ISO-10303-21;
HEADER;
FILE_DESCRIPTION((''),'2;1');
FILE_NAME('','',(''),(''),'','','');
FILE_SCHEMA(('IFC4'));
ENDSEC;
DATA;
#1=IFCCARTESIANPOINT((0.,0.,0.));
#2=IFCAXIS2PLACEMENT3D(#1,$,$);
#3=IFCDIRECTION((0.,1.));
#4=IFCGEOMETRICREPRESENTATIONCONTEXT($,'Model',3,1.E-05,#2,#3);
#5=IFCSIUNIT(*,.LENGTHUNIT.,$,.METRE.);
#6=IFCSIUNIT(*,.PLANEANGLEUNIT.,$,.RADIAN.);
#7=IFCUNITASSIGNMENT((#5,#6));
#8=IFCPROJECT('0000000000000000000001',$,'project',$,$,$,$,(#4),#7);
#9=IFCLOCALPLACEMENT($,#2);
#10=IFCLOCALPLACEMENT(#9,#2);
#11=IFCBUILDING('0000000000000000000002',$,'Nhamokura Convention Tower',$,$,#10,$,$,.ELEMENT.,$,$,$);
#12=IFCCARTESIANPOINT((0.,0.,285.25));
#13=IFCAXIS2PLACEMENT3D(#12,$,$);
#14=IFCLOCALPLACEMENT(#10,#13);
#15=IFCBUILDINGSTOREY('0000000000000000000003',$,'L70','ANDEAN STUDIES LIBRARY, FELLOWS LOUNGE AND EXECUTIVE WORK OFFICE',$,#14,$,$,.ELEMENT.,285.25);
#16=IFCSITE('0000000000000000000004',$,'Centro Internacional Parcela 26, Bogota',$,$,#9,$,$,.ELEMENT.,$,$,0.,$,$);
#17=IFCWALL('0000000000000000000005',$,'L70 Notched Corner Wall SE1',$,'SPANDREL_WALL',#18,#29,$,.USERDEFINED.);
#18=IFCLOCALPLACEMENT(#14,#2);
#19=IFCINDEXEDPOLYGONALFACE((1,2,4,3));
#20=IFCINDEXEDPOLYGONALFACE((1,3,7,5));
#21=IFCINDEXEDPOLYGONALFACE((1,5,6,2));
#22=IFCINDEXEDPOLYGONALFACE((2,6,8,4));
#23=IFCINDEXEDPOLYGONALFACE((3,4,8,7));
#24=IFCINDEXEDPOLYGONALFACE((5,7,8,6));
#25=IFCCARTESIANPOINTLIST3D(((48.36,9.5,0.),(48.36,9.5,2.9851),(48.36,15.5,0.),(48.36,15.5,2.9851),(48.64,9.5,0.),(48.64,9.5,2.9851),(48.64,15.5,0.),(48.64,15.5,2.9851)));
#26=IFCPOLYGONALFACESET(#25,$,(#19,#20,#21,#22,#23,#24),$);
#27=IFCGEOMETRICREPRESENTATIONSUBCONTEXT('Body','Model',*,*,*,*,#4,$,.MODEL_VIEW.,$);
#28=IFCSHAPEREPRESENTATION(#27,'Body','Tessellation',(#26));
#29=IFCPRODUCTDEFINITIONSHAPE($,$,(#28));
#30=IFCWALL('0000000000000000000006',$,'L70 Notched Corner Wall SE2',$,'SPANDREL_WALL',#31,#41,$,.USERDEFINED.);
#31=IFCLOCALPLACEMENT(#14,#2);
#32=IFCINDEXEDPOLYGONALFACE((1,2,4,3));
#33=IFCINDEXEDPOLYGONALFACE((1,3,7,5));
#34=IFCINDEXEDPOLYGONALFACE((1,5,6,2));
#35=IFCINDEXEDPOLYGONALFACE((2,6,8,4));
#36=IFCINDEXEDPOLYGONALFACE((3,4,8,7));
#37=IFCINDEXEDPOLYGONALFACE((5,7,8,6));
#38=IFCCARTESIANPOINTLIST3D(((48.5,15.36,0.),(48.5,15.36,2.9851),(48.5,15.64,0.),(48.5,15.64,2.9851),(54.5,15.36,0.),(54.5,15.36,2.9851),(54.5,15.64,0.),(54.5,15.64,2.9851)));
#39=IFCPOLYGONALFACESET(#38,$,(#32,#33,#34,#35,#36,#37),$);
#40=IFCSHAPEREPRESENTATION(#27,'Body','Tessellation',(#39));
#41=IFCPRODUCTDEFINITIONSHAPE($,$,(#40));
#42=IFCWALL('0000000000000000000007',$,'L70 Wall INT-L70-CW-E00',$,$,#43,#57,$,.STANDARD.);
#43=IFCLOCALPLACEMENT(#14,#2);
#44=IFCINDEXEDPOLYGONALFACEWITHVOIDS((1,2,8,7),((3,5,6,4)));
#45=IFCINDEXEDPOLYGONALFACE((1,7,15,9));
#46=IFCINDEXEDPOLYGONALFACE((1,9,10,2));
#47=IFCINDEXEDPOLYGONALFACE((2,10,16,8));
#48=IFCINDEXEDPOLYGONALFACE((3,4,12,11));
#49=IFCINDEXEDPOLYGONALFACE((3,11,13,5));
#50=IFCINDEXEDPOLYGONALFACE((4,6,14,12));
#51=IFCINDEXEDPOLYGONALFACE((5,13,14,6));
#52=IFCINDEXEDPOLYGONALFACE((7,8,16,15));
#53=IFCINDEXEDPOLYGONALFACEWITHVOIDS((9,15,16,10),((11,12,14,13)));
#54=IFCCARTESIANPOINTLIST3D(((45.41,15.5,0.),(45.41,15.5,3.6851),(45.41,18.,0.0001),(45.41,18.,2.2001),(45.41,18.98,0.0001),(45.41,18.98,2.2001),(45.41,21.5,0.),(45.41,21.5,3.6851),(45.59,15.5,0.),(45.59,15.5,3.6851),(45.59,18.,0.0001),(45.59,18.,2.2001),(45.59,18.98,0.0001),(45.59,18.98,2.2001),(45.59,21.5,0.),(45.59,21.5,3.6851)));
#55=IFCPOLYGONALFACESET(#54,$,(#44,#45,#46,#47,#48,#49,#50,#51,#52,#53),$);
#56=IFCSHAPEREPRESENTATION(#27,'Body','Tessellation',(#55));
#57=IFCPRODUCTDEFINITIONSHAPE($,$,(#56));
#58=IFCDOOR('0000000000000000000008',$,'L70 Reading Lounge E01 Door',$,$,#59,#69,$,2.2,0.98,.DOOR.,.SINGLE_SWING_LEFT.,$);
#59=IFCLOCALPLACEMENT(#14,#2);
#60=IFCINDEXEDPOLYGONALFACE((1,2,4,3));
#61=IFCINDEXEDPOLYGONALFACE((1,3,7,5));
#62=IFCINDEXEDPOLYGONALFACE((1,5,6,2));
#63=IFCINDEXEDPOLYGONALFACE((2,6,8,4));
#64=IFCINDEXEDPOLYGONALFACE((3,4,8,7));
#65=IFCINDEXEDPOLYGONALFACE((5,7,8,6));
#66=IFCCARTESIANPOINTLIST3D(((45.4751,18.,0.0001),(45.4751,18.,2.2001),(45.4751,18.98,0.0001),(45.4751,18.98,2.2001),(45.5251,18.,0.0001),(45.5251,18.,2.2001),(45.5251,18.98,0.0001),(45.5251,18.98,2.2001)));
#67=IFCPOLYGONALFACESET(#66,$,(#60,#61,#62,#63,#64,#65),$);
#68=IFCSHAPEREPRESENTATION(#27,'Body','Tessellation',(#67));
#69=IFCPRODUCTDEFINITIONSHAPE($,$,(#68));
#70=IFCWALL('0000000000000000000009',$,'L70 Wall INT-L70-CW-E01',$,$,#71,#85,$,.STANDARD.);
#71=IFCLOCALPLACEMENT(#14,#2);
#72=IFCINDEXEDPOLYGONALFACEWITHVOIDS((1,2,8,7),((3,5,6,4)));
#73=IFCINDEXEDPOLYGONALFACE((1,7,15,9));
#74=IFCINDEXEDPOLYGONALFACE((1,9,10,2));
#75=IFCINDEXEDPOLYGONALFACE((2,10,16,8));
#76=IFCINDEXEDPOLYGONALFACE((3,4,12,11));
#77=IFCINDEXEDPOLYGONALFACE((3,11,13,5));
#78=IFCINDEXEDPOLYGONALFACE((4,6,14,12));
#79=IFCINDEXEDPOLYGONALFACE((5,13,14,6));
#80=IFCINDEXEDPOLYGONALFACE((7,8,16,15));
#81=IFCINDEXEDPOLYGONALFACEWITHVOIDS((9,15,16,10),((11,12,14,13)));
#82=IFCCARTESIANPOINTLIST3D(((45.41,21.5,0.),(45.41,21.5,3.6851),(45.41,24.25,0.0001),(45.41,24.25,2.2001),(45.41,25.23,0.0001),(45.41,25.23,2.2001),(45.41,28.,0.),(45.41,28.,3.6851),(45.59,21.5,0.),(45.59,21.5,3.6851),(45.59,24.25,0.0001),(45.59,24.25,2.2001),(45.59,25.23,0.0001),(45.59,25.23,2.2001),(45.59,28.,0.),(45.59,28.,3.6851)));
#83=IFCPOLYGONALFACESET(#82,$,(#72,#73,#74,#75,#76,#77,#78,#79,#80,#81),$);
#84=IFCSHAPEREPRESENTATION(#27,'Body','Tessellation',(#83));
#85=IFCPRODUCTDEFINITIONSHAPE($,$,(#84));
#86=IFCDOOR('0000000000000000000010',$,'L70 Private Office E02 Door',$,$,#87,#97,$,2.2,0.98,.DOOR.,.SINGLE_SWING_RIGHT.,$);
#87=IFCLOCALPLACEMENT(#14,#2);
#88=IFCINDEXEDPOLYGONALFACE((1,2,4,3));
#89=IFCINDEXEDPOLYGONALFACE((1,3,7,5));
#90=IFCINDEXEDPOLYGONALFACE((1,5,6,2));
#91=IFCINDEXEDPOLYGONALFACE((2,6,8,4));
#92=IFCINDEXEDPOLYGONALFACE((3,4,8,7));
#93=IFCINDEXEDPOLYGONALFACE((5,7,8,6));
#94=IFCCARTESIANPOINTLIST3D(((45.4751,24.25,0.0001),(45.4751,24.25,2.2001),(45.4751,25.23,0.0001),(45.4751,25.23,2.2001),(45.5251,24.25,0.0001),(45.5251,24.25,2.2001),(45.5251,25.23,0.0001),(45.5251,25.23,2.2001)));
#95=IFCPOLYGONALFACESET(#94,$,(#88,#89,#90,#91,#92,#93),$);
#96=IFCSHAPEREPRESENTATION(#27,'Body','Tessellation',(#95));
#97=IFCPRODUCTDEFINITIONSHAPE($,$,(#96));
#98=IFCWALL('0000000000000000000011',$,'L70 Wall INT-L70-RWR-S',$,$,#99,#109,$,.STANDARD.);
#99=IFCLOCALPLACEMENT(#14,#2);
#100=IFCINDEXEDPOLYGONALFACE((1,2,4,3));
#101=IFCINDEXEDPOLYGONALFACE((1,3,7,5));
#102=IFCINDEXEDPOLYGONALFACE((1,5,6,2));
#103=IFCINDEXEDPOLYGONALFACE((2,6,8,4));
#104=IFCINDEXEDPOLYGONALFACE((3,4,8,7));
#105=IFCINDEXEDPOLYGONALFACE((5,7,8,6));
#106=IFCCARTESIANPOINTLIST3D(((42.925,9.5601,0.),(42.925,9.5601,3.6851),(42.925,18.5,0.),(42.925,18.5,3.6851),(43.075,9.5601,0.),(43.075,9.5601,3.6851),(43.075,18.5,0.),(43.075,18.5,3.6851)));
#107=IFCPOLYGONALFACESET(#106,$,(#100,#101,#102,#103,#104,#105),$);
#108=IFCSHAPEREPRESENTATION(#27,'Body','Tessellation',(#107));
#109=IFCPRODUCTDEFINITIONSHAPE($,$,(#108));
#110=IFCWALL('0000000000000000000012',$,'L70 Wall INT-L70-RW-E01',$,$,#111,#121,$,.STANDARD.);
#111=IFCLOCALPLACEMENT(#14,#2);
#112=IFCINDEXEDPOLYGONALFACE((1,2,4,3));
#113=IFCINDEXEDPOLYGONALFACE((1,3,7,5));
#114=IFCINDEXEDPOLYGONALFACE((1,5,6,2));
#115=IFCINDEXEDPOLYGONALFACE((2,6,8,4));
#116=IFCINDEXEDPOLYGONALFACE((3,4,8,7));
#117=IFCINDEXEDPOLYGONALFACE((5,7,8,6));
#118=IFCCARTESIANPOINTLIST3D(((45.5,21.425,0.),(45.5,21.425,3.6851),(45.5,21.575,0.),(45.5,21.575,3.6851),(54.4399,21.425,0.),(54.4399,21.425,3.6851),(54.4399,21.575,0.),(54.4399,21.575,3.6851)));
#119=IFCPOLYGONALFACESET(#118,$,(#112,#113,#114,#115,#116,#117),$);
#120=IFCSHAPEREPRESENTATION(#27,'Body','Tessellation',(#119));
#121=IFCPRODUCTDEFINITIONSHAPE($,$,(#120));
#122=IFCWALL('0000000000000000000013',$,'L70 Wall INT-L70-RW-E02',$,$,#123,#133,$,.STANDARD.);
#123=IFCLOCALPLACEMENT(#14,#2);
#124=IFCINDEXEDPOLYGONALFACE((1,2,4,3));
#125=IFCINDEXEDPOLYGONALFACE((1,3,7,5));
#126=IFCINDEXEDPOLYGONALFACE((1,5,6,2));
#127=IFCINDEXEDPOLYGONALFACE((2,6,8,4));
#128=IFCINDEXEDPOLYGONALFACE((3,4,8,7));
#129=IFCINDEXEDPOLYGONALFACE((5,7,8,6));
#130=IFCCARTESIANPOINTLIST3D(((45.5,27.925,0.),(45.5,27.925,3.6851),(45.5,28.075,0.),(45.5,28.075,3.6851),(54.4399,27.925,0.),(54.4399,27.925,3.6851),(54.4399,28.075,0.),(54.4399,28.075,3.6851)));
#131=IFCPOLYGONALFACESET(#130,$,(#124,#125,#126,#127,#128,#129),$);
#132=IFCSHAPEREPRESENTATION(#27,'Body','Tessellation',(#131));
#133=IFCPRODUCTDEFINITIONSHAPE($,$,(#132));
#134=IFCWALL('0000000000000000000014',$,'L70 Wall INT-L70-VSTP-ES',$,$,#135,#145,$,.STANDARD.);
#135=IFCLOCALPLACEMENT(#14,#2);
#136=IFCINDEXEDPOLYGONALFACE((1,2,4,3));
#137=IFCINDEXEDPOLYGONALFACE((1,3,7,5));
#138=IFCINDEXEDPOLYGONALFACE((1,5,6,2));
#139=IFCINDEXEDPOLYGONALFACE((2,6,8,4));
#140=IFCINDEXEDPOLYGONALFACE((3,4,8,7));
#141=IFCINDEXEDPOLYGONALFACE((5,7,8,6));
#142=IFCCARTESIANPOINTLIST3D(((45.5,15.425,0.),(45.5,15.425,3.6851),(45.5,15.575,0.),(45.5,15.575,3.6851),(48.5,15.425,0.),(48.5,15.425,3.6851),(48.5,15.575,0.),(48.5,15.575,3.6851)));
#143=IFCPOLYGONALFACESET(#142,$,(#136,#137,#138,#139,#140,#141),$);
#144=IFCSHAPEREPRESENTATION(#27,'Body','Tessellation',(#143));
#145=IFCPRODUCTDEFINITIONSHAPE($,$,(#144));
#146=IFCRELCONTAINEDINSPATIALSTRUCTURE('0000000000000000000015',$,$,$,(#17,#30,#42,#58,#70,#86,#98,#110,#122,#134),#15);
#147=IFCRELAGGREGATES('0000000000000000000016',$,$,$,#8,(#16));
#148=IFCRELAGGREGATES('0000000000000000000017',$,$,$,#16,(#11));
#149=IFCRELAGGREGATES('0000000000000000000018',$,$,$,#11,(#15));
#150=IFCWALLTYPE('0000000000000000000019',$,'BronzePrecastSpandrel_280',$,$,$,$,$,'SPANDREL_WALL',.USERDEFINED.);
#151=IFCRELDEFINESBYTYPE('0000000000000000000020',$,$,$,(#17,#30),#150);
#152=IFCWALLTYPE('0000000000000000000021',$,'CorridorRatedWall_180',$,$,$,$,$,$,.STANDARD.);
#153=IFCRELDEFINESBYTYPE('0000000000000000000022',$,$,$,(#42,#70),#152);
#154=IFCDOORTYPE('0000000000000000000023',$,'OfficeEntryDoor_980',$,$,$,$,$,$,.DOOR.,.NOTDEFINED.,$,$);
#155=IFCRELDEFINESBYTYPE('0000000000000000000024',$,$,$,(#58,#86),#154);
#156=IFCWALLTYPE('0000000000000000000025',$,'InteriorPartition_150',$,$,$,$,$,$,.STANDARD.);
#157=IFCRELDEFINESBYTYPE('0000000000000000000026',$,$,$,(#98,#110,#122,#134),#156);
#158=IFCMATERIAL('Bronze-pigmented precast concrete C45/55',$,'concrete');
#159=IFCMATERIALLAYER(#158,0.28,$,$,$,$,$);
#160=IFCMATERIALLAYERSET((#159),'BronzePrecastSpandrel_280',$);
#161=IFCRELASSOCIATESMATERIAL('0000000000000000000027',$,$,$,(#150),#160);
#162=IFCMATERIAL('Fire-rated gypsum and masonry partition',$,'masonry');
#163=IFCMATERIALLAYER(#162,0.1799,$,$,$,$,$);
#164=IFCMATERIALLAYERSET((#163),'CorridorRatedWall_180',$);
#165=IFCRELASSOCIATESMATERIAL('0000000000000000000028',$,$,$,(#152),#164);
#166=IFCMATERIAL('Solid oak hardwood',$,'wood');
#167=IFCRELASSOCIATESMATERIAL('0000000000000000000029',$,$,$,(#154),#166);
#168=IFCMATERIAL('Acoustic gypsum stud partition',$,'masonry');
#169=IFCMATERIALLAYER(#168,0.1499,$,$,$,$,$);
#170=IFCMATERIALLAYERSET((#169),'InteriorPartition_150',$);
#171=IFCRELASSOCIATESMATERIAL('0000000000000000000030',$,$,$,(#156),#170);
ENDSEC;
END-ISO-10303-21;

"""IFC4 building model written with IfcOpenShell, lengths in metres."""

from ifc_helpers import new_model, si_unit, direction, frame, frame_2d, origin, place, context, subcontext, project, spatial, rectangle, extrude, material, layer, layer_set, type_object, element, fill, save


model = new_model("IFC4")

# Units and contexts
model_context = context("Model", 3, precision=1e-05, world=origin(), true_north=direction((0.0, 1.0)))
body_context = subcontext(model_context, "Body", "Model", "MODEL_VIEW")
ifc_project = project(units=[si_unit("LENGTHUNIT", "METRE"), si_unit("PLANEANGLEUNIT", "RADIAN")], contexts=[model_context])

# Site, building, storey
site_placement = place(None, origin())
site = spatial("IfcSite", under=ifc_project, at=site_placement, Name="Centro Internacional Parcela 26, Bogota", CompositionType="ELEMENT", RefElevation=0.0)
building_placement = place(site_placement, origin())
building = spatial("IfcBuilding", under=site, at=building_placement, Name="Nhamokura Convention Tower", CompositionType="ELEMENT")
storey_placement = place(building_placement, frame((0.0, 0.0, 285.25)))
storey = spatial("IfcBuildingStorey", under=building, at=storey_placement, Name="L70", Description="ANDEAN STUDIES LIBRARY, FELLOWS LOUNGE AND EXECUTIVE WORK OFFICE", CompositionType="ELEMENT", Elevation=285.25)

# Shared definitions
ifc_material_1 = material(Name="Bronze-pigmented precast concrete C45/55", Category="concrete")
ifc_layer_1 = layer(ifc_material_1, 0.28)
ifc_layer_set_1 = layer_set([ifc_layer_1], Name="BronzePrecastSpandrel_280")
wall_type_1 = type_object("IfcWallType", Name="BronzePrecastSpandrel_280", ElementType="SPANDREL_WALL", PredefinedType="USERDEFINED", material=ifc_layer_set_1)

# Walls
for number, where, z_axis, x_axis, name in (
    (1, (48.5, 15.5, 0.0), (0.0, 0.0, 1.0), (0.0, -1.0, 0.0), "L70 Notched Corner Wall SE1"),
    (2, (54.5, 15.5, 0.0), (0.0, 0.0, 1.0), (-1.0, 0.0, 0.0), "L70 Notched Corner Wall SE2"),
):
    element("IfcWall", number, at=place(storey_placement, frame(where, z_axis=z_axis, x_axis=x_axis)), inside=storey, type_object=wall_type_1, Name=name, ObjectType="SPANDREL_WALL", PredefinedType="USERDEFINED", context=body_context, shape_type="SweptSolid", body=[
        extrude(rectangle(XDim=6.0, YDim=0.28, at=frame_2d((3.0, 0.0))), origin(), (0.0, 0.0, 1.0), 2.9851),
    ])

# Walls, openings, doors
ifc_material_2 = material(Name="Fire-rated gypsum and masonry partition", Category="masonry")
ifc_layer_2 = layer(ifc_material_2, 0.1799)
ifc_layer_set_2 = layer_set([ifc_layer_2], Name="CorridorRatedWall_180")
wall_type_2 = type_object("IfcWallType", Name="CorridorRatedWall_180", PredefinedType="STANDARD", material=ifc_layer_set_2)
wall_1_placement = place(storey_placement, frame((45.5, 15.5, 0.0), z_axis=(0.0, 0.0, 1.0), x_axis=(0.0, 1.0, 0.0)))
wall_1 = element("IfcWall", 3, at=wall_1_placement, inside=storey, type_object=wall_type_2, Name="L70 Wall INT-L70-CW-E00", PredefinedType="STANDARD", context=body_context, shape_type="SweptSolid", body=[
    extrude(rectangle(XDim=6.0, YDim=0.1799, at=frame_2d((3.0, 0.0))), origin(), (0.0, 0.0, 1.0), 3.6851),
])
opening_1_placement = place(wall_1_placement, frame((2.5, 0.0, 0.0)))
opening_1 = element("IfcOpeningElement", 4, at=opening_1_placement, cuts=wall_1, PredefinedType="OPENING", context=body_context, shape_type="SweptSolid", body=[
    extrude(rectangle(XDim=0.98, YDim=2.2, at=frame_2d((0.49, 1.1001))), frame((0.0, 0.0999, 0.0), z_axis=(0.0, -1.0, 0.0), x_axis=(1.0, 0.0, 0.0)), (0.0, 0.0, 1.0), 0.2),
])
ifc_material_3 = material(Name="Solid oak hardwood", Category="wood")
door_type = type_object("IfcDoorType", Name="OfficeEntryDoor_980", OperationType="NOTDEFINED", PredefinedType="DOOR", material=ifc_material_3)
door_1_placement = place(opening_1_placement, origin())
door_1 = element("IfcDoor", 5, at=door_1_placement, inside=storey, type_object=door_type, Name="L70 Reading Lounge E01 Door", OperationType="SINGLE_SWING_LEFT", OverallHeight=2.2, OverallWidth=0.98, PredefinedType="DOOR", context=body_context, shape_type="SweptSolid", body=[
    extrude(rectangle(XDim=0.98, YDim=2.2, at=frame_2d((0.49, 1.1001))), frame((0.0, 0.0249, 0.0), z_axis=(0.0, -1.0, 0.0), x_axis=(1.0, 0.0, 0.0)), (0.0, 0.0, 1.0), 0.05),
])
fill(opening_1, door_1)
wall_2_placement = place(storey_placement, frame((45.5, 21.5, 0.0), z_axis=(0.0, 0.0, 1.0), x_axis=(0.0, 1.0, 0.0)))
wall_2 = element("IfcWall", 6, at=wall_2_placement, inside=storey, type_object=wall_type_2, Name="L70 Wall INT-L70-CW-E01", PredefinedType="STANDARD", context=body_context, shape_type="SweptSolid", body=[
    extrude(rectangle(XDim=6.5, YDim=0.1799, at=frame_2d((3.25, 0.0))), origin(), (0.0, 0.0, 1.0), 3.6851),
])
opening_2_placement = place(wall_2_placement, frame((2.75, 0.0, 0.0)))
opening_2 = element("IfcOpeningElement", 7, at=opening_2_placement, cuts=wall_2, PredefinedType="OPENING", context=body_context, shape_type="SweptSolid", body=[
    extrude(rectangle(XDim=0.98, YDim=2.2, at=frame_2d((0.49, 1.1001))), frame((0.0, 0.0999, 0.0), z_axis=(0.0, -1.0, 0.0), x_axis=(1.0, 0.0, 0.0)), (0.0, 0.0, 1.0), 0.2),
])
door_2_placement = place(opening_2_placement, origin())
door_2 = element("IfcDoor", 8, at=door_2_placement, inside=storey, type_object=door_type, Name="L70 Private Office E02 Door", OperationType="SINGLE_SWING_RIGHT", OverallHeight=2.2, OverallWidth=0.98, PredefinedType="DOOR", context=body_context, shape_type="SweptSolid", body=[
    extrude(rectangle(XDim=0.98, YDim=2.2, at=frame_2d((0.49, 1.1001))), frame((0.0, 0.0249, 0.0), z_axis=(0.0, -1.0, 0.0), x_axis=(1.0, 0.0, 0.0)), (0.0, 0.0, 1.0), 0.05),
])
fill(opening_2, door_2)

# Walls
ifc_material_4 = material(Name="Acoustic gypsum stud partition", Category="masonry")
ifc_layer_3 = layer(ifc_material_4, 0.1499)
ifc_layer_set_3 = layer_set([ifc_layer_3], Name="InteriorPartition_150")
wall_type_3 = type_object("IfcWallType", Name="InteriorPartition_150", PredefinedType="STANDARD", material=ifc_layer_set_3)
for number, where, z_axis, x_axis, name in (
    (9, (43.0, 9.5601, 0.0), (0.0, 0.0, 1.0), (0.0, 1.0, 0.0), "L70 Wall INT-L70-RWR-S"),
    (10, (45.5, 21.5, 0.0), (0.0, 0.0, 1.0), (1.0, 0.0, 0.0), "L70 Wall INT-L70-RW-E01"),
    (11, (45.5, 28.0, 0.0), (0.0, 0.0, 1.0), (1.0, 0.0, 0.0), "L70 Wall INT-L70-RW-E02"),
):
    element("IfcWall", number, at=place(storey_placement, frame(where, z_axis=z_axis, x_axis=x_axis)), inside=storey, type_object=wall_type_3, Name=name, PredefinedType="STANDARD", context=body_context, shape_type="SweptSolid", body=[
        extrude(rectangle(XDim=8.9399, YDim=0.1499, at=frame_2d((4.47, 0.0))), origin(), (0.0, 0.0, 1.0), 3.6851),
    ])
wall_3_placement = place(storey_placement, frame((45.5, 15.5, 0.0), z_axis=(0.0, 0.0, 1.0), x_axis=(1.0, 0.0, 0.0)))
element("IfcWall", 12, at=wall_3_placement, inside=storey, type_object=wall_type_3, Name="L70 Wall INT-L70-VSTP-ES", PredefinedType="STANDARD", context=body_context, shape_type="SweptSolid", body=[
    extrude(rectangle(XDim=3.0, YDim=0.1499, at=frame_2d((1.5, 0.0))), origin(), (0.0, 0.0, 1.0), 3.6851),
])

save(model, "model.ifc")
